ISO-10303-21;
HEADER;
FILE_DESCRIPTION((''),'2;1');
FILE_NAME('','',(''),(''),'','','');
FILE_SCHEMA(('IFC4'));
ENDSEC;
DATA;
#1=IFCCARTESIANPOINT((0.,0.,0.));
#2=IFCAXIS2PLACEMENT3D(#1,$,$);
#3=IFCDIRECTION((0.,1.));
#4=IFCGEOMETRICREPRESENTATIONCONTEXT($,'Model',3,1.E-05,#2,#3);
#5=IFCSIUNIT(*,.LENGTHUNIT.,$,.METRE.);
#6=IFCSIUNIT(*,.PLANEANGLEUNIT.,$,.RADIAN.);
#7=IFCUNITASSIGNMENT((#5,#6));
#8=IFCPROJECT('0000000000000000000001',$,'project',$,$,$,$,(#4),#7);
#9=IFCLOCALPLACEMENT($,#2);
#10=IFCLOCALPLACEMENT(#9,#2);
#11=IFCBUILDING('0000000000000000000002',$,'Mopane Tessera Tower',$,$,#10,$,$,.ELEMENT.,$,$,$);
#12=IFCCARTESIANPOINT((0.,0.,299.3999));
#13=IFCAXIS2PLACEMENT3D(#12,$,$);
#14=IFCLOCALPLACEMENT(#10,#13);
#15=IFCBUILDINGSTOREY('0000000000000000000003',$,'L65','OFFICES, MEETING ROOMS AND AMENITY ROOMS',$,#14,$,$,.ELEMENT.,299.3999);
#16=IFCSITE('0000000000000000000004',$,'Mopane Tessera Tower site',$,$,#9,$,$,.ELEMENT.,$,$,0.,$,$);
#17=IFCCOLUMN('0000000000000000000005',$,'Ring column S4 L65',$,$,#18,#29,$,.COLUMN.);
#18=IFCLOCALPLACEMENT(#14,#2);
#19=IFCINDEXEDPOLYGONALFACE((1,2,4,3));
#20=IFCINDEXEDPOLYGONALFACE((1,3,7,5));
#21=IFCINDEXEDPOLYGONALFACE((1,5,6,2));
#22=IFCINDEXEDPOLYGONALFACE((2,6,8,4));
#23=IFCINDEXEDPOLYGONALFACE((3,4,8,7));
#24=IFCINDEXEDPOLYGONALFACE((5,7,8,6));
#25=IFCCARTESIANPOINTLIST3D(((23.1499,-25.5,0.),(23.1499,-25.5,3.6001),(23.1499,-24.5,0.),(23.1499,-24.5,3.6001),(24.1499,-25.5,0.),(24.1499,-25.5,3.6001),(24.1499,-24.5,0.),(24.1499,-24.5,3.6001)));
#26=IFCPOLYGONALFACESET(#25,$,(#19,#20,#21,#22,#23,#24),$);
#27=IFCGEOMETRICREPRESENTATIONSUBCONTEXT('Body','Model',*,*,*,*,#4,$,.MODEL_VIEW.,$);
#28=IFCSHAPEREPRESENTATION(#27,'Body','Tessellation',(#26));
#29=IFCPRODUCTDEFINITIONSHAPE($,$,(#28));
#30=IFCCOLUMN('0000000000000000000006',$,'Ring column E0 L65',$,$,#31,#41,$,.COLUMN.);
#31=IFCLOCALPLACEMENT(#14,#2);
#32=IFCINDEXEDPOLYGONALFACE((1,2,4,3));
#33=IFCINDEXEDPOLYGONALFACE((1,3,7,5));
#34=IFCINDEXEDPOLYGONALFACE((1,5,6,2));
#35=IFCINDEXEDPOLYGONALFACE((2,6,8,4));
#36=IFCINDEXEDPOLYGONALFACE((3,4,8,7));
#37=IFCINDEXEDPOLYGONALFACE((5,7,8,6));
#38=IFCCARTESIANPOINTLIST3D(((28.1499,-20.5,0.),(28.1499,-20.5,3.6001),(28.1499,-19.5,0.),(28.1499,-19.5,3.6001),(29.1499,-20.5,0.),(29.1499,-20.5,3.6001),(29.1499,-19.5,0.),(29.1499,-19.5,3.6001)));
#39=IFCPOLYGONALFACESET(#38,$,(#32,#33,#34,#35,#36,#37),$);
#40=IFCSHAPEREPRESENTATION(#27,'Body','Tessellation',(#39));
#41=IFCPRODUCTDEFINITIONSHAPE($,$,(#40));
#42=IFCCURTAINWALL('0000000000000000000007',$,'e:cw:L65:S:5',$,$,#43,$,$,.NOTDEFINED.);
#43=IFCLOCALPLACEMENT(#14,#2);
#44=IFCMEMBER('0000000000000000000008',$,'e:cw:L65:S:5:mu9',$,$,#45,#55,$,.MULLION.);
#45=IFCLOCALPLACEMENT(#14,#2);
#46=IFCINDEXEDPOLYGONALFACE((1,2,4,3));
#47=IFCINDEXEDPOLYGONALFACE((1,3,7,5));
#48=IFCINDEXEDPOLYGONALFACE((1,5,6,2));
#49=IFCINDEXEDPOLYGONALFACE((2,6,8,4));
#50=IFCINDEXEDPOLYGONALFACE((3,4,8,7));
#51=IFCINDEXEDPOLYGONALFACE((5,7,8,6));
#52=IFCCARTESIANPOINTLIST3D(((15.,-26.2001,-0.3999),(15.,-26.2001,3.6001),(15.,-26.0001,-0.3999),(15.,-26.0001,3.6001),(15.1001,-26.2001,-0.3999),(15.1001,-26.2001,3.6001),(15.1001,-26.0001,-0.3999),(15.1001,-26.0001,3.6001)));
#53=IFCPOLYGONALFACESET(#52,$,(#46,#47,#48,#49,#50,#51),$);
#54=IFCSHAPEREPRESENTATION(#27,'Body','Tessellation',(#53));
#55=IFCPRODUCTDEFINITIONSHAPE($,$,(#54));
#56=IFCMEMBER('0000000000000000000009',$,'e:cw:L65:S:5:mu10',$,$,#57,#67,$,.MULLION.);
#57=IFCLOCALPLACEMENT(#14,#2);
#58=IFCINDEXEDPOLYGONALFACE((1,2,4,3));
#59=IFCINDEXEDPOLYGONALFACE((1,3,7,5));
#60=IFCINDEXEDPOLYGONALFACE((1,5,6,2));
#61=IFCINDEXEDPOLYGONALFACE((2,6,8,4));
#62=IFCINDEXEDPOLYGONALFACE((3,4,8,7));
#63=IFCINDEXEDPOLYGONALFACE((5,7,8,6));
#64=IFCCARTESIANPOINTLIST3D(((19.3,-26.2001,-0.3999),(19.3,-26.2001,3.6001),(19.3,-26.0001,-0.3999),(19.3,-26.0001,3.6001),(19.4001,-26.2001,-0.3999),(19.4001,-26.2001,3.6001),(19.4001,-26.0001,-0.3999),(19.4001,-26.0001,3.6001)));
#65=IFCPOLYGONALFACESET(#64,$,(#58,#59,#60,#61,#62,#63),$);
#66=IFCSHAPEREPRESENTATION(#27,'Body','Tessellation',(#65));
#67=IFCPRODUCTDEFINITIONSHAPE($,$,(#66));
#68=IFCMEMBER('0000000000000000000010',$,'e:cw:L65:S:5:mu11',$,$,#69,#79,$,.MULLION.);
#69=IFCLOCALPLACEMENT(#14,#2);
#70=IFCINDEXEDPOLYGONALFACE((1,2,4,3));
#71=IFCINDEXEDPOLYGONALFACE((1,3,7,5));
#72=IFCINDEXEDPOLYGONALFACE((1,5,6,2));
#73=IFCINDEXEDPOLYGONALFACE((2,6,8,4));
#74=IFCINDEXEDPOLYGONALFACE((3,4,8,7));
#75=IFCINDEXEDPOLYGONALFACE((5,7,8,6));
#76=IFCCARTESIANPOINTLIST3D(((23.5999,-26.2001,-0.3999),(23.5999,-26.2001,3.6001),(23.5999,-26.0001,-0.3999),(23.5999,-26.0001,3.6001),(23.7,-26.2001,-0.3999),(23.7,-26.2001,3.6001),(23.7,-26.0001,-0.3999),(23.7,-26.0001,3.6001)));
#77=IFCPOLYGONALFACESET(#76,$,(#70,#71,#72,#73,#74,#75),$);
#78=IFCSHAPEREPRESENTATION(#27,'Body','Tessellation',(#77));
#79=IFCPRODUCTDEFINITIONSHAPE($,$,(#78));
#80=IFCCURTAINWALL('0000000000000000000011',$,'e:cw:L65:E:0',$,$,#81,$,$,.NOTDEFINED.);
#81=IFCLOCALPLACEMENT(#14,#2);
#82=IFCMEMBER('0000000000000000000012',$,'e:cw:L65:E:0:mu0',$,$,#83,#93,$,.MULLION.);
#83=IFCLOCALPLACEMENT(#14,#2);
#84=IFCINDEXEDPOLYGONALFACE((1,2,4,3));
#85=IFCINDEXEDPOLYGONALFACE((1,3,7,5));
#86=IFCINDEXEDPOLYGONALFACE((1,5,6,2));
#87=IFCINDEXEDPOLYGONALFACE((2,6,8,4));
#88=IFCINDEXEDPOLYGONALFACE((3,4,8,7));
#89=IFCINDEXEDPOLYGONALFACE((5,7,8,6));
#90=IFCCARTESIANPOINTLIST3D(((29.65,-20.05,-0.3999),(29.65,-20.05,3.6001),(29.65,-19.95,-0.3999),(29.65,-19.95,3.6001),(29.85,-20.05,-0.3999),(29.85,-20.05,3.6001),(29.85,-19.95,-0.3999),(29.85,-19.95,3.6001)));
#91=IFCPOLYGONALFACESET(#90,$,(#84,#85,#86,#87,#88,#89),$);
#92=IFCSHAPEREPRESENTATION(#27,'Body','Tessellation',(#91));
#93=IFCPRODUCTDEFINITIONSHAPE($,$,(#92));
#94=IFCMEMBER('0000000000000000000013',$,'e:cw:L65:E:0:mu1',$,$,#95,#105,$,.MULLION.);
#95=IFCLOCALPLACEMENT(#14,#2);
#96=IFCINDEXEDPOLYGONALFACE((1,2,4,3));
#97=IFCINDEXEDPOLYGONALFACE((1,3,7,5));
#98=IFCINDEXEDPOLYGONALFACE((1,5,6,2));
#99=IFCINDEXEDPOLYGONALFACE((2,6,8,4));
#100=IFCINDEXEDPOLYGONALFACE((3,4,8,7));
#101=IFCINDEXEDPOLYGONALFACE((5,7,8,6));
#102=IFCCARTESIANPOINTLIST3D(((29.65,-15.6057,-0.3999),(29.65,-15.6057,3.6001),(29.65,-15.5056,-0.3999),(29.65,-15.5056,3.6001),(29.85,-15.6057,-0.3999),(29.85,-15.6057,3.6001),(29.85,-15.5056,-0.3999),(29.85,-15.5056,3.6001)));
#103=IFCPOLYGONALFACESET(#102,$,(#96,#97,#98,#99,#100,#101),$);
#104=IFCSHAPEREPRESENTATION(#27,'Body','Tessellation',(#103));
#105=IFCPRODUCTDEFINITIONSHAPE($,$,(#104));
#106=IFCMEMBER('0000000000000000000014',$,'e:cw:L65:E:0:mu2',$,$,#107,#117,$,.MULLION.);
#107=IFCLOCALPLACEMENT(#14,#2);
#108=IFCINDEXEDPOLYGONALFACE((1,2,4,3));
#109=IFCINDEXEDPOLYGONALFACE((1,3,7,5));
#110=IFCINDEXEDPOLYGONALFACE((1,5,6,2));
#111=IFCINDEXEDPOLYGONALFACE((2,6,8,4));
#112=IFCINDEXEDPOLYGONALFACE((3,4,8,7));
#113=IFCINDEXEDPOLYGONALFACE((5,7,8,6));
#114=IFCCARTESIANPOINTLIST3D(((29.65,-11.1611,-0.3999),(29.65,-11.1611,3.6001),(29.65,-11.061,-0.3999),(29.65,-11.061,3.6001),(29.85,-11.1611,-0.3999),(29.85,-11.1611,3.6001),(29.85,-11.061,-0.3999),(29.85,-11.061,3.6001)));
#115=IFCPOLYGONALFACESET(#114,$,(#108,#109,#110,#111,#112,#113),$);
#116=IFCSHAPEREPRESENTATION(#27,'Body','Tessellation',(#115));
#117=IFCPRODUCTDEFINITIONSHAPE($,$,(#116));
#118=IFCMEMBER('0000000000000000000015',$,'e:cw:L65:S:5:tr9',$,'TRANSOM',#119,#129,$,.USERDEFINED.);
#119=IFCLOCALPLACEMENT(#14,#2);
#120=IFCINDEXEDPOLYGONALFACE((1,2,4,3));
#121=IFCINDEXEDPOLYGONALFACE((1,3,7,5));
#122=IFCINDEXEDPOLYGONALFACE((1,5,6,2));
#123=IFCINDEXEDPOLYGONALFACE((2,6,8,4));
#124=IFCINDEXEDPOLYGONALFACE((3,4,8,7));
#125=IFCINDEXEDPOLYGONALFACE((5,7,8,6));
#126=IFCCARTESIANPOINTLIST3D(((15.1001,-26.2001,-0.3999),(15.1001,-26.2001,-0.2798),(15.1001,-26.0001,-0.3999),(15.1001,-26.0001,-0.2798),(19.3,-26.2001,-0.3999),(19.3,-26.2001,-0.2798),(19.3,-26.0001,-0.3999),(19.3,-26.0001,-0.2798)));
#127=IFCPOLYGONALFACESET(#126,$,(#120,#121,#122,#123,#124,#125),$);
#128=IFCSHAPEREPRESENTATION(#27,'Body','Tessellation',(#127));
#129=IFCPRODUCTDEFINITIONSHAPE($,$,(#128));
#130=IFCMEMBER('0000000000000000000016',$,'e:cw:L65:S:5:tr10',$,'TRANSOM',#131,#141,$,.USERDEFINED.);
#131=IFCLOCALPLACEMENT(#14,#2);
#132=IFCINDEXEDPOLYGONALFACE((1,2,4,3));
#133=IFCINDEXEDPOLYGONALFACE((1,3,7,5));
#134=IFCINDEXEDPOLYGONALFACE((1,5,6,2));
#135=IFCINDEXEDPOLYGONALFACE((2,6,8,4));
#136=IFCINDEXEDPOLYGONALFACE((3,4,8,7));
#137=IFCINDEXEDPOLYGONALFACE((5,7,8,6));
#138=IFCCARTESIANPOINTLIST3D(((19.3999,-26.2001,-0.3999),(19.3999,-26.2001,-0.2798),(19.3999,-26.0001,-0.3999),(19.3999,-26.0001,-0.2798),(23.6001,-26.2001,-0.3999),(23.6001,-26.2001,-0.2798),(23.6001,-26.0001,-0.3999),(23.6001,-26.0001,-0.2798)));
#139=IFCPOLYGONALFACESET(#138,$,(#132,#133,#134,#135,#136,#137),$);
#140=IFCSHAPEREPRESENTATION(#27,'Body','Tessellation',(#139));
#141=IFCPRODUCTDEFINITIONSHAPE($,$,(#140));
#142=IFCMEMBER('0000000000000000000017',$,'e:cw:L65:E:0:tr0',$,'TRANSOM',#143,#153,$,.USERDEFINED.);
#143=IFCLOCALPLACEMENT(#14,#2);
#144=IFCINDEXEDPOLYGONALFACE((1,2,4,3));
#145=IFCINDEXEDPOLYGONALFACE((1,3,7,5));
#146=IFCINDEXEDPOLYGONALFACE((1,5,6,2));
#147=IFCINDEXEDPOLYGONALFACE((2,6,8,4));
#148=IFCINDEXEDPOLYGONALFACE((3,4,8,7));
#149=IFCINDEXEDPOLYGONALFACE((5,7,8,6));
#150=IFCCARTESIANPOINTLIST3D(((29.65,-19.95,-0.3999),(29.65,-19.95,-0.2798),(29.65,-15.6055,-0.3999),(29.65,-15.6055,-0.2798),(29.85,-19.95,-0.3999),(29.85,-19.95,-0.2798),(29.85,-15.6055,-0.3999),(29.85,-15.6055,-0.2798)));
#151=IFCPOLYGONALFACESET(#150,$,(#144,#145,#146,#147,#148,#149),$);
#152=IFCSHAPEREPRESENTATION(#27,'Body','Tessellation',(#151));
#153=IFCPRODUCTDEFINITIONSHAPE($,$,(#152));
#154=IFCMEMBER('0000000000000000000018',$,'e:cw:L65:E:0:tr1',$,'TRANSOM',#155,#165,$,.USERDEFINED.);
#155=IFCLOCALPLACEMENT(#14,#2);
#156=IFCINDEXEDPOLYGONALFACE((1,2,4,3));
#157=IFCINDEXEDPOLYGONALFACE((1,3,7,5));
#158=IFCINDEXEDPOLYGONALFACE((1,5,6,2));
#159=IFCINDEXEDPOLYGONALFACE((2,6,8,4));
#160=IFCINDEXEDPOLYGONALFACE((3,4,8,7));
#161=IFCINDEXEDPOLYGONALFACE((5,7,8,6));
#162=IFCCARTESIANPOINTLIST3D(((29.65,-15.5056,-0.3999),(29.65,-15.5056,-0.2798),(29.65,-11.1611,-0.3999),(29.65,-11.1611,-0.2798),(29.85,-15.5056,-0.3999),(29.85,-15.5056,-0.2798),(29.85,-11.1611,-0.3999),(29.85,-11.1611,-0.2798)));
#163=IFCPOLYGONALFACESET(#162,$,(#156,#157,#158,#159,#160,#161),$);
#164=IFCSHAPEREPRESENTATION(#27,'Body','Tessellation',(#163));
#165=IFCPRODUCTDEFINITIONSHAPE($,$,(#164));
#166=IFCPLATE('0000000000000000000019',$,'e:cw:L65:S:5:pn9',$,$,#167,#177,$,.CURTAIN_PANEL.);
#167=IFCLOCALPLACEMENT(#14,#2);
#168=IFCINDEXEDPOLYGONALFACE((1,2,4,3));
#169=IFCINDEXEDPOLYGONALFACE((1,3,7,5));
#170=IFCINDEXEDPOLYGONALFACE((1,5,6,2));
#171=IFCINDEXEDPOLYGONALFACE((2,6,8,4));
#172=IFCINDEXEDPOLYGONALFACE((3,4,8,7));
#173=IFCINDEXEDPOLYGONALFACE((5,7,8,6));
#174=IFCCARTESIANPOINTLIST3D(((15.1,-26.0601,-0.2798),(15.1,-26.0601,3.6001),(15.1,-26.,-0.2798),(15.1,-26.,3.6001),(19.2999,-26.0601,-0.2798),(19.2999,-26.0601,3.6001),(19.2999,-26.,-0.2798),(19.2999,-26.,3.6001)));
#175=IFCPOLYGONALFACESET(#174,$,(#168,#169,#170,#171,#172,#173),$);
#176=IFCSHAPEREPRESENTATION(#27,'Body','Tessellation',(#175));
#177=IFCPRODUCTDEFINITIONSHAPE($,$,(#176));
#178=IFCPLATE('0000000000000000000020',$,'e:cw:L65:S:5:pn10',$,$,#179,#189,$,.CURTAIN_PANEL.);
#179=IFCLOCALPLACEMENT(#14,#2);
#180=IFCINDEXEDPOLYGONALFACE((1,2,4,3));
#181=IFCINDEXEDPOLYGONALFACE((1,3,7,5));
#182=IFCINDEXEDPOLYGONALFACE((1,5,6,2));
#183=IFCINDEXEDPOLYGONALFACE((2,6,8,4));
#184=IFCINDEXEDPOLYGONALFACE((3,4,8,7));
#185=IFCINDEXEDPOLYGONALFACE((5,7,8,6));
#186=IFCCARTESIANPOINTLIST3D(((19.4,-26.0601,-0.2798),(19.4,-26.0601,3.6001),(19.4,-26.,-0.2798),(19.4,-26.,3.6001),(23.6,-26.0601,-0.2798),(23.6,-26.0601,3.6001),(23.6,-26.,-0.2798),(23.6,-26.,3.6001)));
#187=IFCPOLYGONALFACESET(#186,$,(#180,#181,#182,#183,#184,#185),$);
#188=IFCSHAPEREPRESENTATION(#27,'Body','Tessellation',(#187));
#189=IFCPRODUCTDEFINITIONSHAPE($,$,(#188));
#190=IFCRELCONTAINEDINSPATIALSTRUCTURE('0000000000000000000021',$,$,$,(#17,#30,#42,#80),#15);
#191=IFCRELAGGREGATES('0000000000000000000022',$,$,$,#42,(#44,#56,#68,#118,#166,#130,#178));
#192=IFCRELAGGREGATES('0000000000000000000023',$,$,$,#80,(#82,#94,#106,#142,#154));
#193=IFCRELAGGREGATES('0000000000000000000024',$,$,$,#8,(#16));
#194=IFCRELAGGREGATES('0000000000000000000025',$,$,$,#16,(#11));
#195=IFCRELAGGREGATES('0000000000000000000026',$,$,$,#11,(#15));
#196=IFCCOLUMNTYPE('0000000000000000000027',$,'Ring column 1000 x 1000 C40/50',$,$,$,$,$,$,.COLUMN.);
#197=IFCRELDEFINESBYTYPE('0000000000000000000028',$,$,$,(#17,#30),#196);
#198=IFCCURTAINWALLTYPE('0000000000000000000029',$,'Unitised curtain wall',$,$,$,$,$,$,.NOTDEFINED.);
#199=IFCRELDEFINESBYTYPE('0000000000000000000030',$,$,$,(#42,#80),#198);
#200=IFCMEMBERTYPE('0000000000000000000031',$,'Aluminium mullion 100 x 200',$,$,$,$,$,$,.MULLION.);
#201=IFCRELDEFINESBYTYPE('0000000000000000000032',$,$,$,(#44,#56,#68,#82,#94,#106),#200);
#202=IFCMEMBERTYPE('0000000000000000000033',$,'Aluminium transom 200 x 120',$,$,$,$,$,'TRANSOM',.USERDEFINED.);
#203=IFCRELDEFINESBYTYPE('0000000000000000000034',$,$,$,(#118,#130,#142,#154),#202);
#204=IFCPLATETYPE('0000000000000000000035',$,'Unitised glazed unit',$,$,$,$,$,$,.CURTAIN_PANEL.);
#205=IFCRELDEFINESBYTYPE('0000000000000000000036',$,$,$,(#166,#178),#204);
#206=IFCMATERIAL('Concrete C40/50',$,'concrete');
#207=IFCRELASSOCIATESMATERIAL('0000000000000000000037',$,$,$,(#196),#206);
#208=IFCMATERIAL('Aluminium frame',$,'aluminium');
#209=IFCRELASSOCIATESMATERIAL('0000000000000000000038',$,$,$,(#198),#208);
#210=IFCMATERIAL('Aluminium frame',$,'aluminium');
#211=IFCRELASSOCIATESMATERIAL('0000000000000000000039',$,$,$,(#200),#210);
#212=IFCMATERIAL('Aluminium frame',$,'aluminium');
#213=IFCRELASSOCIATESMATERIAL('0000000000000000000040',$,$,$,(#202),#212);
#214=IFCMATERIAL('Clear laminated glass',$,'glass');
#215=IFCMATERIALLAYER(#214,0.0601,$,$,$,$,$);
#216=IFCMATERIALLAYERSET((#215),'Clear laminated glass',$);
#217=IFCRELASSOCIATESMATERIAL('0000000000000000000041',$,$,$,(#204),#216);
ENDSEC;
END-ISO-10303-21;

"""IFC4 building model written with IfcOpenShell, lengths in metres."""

from ifc_helpers import new_model, si_unit, direction, frame, origin, origin_2d, place, context, subcontext, project, spatial, rectangle, extrude, material, layer, layer_set, material_profile, profile_set, type_object, element, aggregate, save


model = new_model("IFC4")

# Units and contexts
model_context = context("Model", 3, precision=1e-05, world=origin(), true_north=direction((0.0, 1.0)))
body_context = subcontext(model_context, "Body", "Model", "MODEL_VIEW")
ifc_project = project(units=[si_unit("LENGTHUNIT", "METRE"), si_unit("PLANEANGLEUNIT", "RADIAN")], contexts=[model_context])

# Site, building, storey
site_placement = place(None, origin())
site = spatial("IfcSite", under=ifc_project, at=site_placement, Name="Mopane Tessera Tower site", CompositionType="ELEMENT", RefElevation=0.0)
building_placement = place(site_placement, origin())
building = spatial("IfcBuilding", under=site, at=building_placement, Name="Mopane Tessera Tower", CompositionType="ELEMENT")
storey_placement = place(building_placement, frame((0.0, 0.0, 299.3999)))
storey = spatial("IfcBuildingStorey", under=building, at=storey_placement, Name="L65", Description="OFFICES, MEETING ROOMS AND AMENITY ROOMS", CompositionType="ELEMENT", Elevation=299.3999)

# Columns
ifc_material_1 = material(Name="Concrete C40/50", Category="concrete")
ifc_material_profile_1 = material_profile(ifc_material_1, rectangle(XDim=1.0, YDim=1.0, at=origin_2d()))
ifc_profile_set_1 = profile_set([ifc_material_profile_1], Name="Concrete C40/50")
column_type = type_object("IfcColumnType", Name="Ring column 1000 x 1000 C40/50", PredefinedType="COLUMN", material=ifc_profile_set_1)
for number, where, z_axis, x_axis, name in (
    (1, (23.6499, -25.0, 0.0), (0.0, 0.0, 1.0), (1.0, 0.0, 0.0), "Ring column S4 L65"),
    (2, (28.6499, -20.0, 0.0), (0.0, 0.0, 1.0), (1.0, 0.0, 0.0), "Ring column E0 L65"),
):
    element("IfcColumn", number, at=place(storey_placement, frame(where, z_axis=z_axis, x_axis=x_axis)), inside=storey, type_object=column_type, Name=name, PredefinedType="COLUMN", context=body_context, shape_type="SweptSolid", body=[
        extrude(rectangle(XDim=1.0, YDim=1.0, at=origin_2d()), origin(), (0.0, 0.0, 1.0), 3.6001),
    ])

# Curtain walls, members
ifc_material_2 = material(Name="Aluminium frame", Category="aluminium")
curtain_wall_type = type_object("IfcCurtainWallType", Name="Unitised curtain wall", PredefinedType="NOTDEFINED", material=ifc_material_2)
curtain_wall_1_placement = place(storey_placement, origin())
curtain_wall_1 = element("IfcCurtainWall", 3, at=curtain_wall_1_placement, inside=storey, type_object=curtain_wall_type, Name="e:cw:L65:S:5", PredefinedType="NOTDEFINED")
ifc_material_3 = material(Name="Aluminium frame", Category="aluminium")
ifc_material_profile_2 = material_profile(ifc_material_3, rectangle(XDim=0.1001, YDim=0.2, at=origin_2d()))
ifc_profile_set_2 = profile_set([ifc_material_profile_2], Name="Aluminium frame")
member_type_1 = type_object("IfcMemberType", Name="Aluminium mullion 100 x 200", PredefinedType="MULLION", material=ifc_profile_set_2)
member_1_placement = place(storey_placement, frame((15.05, -26.1001, -0.3999), z_axis=(0.0, 0.0, 1.0), x_axis=(1.0, 0.0, 0.0)))
member_1 = element("IfcMember", 4, at=member_1_placement, type_object=member_type_1, Name="e:cw:L65:S:5:mu9", PredefinedType="MULLION", context=body_context, shape_type="SweptSolid", body=[
    extrude(rectangle(XDim=0.1001, YDim=0.2, at=origin_2d()), origin(), (0.0, 0.0, 1.0), 4.0),
])
member_2_placement = place(storey_placement, frame((19.3501, -26.1001, -0.3999), z_axis=(0.0, 0.0, 1.0), x_axis=(1.0, 0.0, 0.0)))
member_2 = element("IfcMember", 5, at=member_2_placement, type_object=member_type_1, Name="e:cw:L65:S:5:mu10", PredefinedType="MULLION", context=body_context, shape_type="SweptSolid", body=[
    extrude(rectangle(XDim=0.1001, YDim=0.2, at=origin_2d()), origin(), (0.0, 0.0, 1.0), 4.0),
])
member_3_placement = place(storey_placement, frame((23.6499, -26.1001, -0.3999), z_axis=(0.0, 0.0, 1.0), x_axis=(1.0, 0.0, 0.0)))
member_3 = element("IfcMember", 6, at=member_3_placement, type_object=member_type_1, Name="e:cw:L65:S:5:mu11", PredefinedType="MULLION", context=body_context, shape_type="SweptSolid", body=[
    extrude(rectangle(XDim=0.1001, YDim=0.2, at=origin_2d()), origin(), (0.0, 0.0, 1.0), 4.0),
])
curtain_wall_2_placement = place(storey_placement, origin())
curtain_wall_2 = element("IfcCurtainWall", 7, at=curtain_wall_2_placement, inside=storey, type_object=curtain_wall_type, Name="e:cw:L65:E:0", PredefinedType="NOTDEFINED")
member_4_placement = place(storey_placement, frame((29.75, -20.0, -0.3999), z_axis=(0.0, 0.0, 1.0), x_axis=(0.0, 1.0, 0.0)))
member_4 = element("IfcMember", 8, at=member_4_placement, type_object=member_type_1, Name="e:cw:L65:E:0:mu0", PredefinedType="MULLION", context=body_context, shape_type="SweptSolid", body=[
    extrude(rectangle(XDim=0.1001, YDim=0.2, at=origin_2d()), origin(), (0.0, 0.0, 1.0), 4.0),
])
member_5_placement = place(storey_placement, frame((29.75, -15.5557, -0.3999), z_axis=(0.0, 0.0, 1.0), x_axis=(0.0, 1.0, 0.0)))
member_5 = element("IfcMember", 9, at=member_5_placement, type_object=member_type_1, Name="e:cw:L65:E:0:mu1", PredefinedType="MULLION", context=body_context, shape_type="SweptSolid", body=[
    extrude(rectangle(XDim=0.1001, YDim=0.2, at=origin_2d()), origin(), (0.0, 0.0, 1.0), 4.0),
])
member_6_placement = place(storey_placement, frame((29.75, -11.1111, -0.3999), z_axis=(0.0, 0.0, 1.0), x_axis=(0.0, 1.0, 0.0)))
member_6 = element("IfcMember", 10, at=member_6_placement, type_object=member_type_1, Name="e:cw:L65:E:0:mu2", PredefinedType="MULLION", context=body_context, shape_type="SweptSolid", body=[
    extrude(rectangle(XDim=0.1001, YDim=0.2, at=origin_2d()), origin(), (0.0, 0.0, 1.0), 4.0),
])

# Members
ifc_material_4 = material(Name="Aluminium frame", Category="aluminium")
ifc_material_profile_3 = material_profile(ifc_material_4, rectangle(XDim=0.2, YDim=0.1201, at=origin_2d()))
ifc_profile_set_3 = profile_set([ifc_material_profile_3], Name="Aluminium frame")
member_type_2 = type_object("IfcMemberType", Name="Aluminium transom 200 x 120", ElementType="TRANSOM", PredefinedType="USERDEFINED", material=ifc_profile_set_3)
member_7_placement = place(storey_placement, frame((15.1001, -26.1001, -0.3398), z_axis=(1.0, 0.0, 0.0), x_axis=(0.0, 1.0, 0.0)))
member_7 = element("IfcMember", 11, at=member_7_placement, type_object=member_type_2, Name="e:cw:L65:S:5:tr9", ObjectType="TRANSOM", PredefinedType="USERDEFINED", context=body_context, shape_type="SweptSolid", body=[
    extrude(rectangle(XDim=0.2, YDim=0.1201, at=origin_2d()), origin(), (0.0, 0.0, 1.0), 4.2),
])
member_8_placement = place(storey_placement, frame((19.3999, -26.1001, -0.3398), z_axis=(1.0, 0.0, 0.0), x_axis=(0.0, 1.0, 0.0)))
member_8 = element("IfcMember", 12, at=member_8_placement, type_object=member_type_2, Name="e:cw:L65:S:5:tr10", ObjectType="TRANSOM", PredefinedType="USERDEFINED", context=body_context, shape_type="SweptSolid", body=[
    extrude(rectangle(XDim=0.2, YDim=0.1201, at=origin_2d()), origin(), (0.0, 0.0, 1.0), 4.2002),
])
member_9_placement = place(storey_placement, frame((29.75, -19.95, -0.3398), z_axis=(0.0, 1.0, 0.0), x_axis=(-1.0, 0.0, 0.0)))
member_9 = element("IfcMember", 13, at=member_9_placement, type_object=member_type_2, Name="e:cw:L65:E:0:tr0", ObjectType="TRANSOM", PredefinedType="USERDEFINED", context=body_context, shape_type="SweptSolid", body=[
    extrude(rectangle(XDim=0.2, YDim=0.1201, at=origin_2d()), origin(), (0.0, 0.0, 1.0), 4.3445),
])
member_10_placement = place(storey_placement, frame((29.75, -15.5056, -0.3398), z_axis=(0.0, 1.0, 0.0), x_axis=(-1.0, 0.0, 0.0)))
member_10 = element("IfcMember", 14, at=member_10_placement, type_object=member_type_2, Name="e:cw:L65:E:0:tr1", ObjectType="TRANSOM", PredefinedType="USERDEFINED", context=body_context, shape_type="SweptSolid", body=[
    extrude(rectangle(XDim=0.2, YDim=0.1201, at=origin_2d()), origin(), (0.0, 0.0, 1.0), 4.3445),
])

# Plates
ifc_material_5 = material(Name="Clear laminated glass", Category="glass")
ifc_layer = layer(ifc_material_5, 0.0601)
ifc_layer_set = layer_set([ifc_layer], Name="Clear laminated glass")
plate_type = type_object("IfcPlateType", Name="Unitised glazed unit", PredefinedType="CURTAIN_PANEL", material=ifc_layer_set)
plate_1_placement = place(storey_placement, frame((17.2, -26.03, -0.2798), z_axis=(0.0, 0.0, 1.0), x_axis=(1.0, 0.0, 0.0)))
plate_1 = element("IfcPlate", 15, at=plate_1_placement, type_object=plate_type, Name="e:cw:L65:S:5:pn9", PredefinedType="CURTAIN_PANEL", context=body_context, shape_type="SweptSolid", body=[
    extrude(rectangle(XDim=4.2, YDim=0.0601, at=origin_2d()), origin(), (0.0, 0.0, 1.0), 3.8799),
])
plate_2_placement = place(storey_placement, frame((21.5, -26.03, -0.2798), z_axis=(0.0, 0.0, 1.0), x_axis=(1.0, 0.0, 0.0)))
plate_2 = element("IfcPlate", 16, at=plate_2_placement, type_object=plate_type, Name="e:cw:L65:S:5:pn10", PredefinedType="CURTAIN_PANEL", context=body_context, shape_type="SweptSolid", body=[
    extrude(rectangle(XDim=4.2, YDim=0.0601, at=origin_2d()), origin(), (0.0, 0.0, 1.0), 3.8799),
])
aggregate(curtain_wall_1, [member_1, member_2, member_3, member_7, plate_1, member_8, plate_2])
aggregate(curtain_wall_2, [member_4, member_5, member_6, member_9, member_10])

save(model, "model.ifc")
